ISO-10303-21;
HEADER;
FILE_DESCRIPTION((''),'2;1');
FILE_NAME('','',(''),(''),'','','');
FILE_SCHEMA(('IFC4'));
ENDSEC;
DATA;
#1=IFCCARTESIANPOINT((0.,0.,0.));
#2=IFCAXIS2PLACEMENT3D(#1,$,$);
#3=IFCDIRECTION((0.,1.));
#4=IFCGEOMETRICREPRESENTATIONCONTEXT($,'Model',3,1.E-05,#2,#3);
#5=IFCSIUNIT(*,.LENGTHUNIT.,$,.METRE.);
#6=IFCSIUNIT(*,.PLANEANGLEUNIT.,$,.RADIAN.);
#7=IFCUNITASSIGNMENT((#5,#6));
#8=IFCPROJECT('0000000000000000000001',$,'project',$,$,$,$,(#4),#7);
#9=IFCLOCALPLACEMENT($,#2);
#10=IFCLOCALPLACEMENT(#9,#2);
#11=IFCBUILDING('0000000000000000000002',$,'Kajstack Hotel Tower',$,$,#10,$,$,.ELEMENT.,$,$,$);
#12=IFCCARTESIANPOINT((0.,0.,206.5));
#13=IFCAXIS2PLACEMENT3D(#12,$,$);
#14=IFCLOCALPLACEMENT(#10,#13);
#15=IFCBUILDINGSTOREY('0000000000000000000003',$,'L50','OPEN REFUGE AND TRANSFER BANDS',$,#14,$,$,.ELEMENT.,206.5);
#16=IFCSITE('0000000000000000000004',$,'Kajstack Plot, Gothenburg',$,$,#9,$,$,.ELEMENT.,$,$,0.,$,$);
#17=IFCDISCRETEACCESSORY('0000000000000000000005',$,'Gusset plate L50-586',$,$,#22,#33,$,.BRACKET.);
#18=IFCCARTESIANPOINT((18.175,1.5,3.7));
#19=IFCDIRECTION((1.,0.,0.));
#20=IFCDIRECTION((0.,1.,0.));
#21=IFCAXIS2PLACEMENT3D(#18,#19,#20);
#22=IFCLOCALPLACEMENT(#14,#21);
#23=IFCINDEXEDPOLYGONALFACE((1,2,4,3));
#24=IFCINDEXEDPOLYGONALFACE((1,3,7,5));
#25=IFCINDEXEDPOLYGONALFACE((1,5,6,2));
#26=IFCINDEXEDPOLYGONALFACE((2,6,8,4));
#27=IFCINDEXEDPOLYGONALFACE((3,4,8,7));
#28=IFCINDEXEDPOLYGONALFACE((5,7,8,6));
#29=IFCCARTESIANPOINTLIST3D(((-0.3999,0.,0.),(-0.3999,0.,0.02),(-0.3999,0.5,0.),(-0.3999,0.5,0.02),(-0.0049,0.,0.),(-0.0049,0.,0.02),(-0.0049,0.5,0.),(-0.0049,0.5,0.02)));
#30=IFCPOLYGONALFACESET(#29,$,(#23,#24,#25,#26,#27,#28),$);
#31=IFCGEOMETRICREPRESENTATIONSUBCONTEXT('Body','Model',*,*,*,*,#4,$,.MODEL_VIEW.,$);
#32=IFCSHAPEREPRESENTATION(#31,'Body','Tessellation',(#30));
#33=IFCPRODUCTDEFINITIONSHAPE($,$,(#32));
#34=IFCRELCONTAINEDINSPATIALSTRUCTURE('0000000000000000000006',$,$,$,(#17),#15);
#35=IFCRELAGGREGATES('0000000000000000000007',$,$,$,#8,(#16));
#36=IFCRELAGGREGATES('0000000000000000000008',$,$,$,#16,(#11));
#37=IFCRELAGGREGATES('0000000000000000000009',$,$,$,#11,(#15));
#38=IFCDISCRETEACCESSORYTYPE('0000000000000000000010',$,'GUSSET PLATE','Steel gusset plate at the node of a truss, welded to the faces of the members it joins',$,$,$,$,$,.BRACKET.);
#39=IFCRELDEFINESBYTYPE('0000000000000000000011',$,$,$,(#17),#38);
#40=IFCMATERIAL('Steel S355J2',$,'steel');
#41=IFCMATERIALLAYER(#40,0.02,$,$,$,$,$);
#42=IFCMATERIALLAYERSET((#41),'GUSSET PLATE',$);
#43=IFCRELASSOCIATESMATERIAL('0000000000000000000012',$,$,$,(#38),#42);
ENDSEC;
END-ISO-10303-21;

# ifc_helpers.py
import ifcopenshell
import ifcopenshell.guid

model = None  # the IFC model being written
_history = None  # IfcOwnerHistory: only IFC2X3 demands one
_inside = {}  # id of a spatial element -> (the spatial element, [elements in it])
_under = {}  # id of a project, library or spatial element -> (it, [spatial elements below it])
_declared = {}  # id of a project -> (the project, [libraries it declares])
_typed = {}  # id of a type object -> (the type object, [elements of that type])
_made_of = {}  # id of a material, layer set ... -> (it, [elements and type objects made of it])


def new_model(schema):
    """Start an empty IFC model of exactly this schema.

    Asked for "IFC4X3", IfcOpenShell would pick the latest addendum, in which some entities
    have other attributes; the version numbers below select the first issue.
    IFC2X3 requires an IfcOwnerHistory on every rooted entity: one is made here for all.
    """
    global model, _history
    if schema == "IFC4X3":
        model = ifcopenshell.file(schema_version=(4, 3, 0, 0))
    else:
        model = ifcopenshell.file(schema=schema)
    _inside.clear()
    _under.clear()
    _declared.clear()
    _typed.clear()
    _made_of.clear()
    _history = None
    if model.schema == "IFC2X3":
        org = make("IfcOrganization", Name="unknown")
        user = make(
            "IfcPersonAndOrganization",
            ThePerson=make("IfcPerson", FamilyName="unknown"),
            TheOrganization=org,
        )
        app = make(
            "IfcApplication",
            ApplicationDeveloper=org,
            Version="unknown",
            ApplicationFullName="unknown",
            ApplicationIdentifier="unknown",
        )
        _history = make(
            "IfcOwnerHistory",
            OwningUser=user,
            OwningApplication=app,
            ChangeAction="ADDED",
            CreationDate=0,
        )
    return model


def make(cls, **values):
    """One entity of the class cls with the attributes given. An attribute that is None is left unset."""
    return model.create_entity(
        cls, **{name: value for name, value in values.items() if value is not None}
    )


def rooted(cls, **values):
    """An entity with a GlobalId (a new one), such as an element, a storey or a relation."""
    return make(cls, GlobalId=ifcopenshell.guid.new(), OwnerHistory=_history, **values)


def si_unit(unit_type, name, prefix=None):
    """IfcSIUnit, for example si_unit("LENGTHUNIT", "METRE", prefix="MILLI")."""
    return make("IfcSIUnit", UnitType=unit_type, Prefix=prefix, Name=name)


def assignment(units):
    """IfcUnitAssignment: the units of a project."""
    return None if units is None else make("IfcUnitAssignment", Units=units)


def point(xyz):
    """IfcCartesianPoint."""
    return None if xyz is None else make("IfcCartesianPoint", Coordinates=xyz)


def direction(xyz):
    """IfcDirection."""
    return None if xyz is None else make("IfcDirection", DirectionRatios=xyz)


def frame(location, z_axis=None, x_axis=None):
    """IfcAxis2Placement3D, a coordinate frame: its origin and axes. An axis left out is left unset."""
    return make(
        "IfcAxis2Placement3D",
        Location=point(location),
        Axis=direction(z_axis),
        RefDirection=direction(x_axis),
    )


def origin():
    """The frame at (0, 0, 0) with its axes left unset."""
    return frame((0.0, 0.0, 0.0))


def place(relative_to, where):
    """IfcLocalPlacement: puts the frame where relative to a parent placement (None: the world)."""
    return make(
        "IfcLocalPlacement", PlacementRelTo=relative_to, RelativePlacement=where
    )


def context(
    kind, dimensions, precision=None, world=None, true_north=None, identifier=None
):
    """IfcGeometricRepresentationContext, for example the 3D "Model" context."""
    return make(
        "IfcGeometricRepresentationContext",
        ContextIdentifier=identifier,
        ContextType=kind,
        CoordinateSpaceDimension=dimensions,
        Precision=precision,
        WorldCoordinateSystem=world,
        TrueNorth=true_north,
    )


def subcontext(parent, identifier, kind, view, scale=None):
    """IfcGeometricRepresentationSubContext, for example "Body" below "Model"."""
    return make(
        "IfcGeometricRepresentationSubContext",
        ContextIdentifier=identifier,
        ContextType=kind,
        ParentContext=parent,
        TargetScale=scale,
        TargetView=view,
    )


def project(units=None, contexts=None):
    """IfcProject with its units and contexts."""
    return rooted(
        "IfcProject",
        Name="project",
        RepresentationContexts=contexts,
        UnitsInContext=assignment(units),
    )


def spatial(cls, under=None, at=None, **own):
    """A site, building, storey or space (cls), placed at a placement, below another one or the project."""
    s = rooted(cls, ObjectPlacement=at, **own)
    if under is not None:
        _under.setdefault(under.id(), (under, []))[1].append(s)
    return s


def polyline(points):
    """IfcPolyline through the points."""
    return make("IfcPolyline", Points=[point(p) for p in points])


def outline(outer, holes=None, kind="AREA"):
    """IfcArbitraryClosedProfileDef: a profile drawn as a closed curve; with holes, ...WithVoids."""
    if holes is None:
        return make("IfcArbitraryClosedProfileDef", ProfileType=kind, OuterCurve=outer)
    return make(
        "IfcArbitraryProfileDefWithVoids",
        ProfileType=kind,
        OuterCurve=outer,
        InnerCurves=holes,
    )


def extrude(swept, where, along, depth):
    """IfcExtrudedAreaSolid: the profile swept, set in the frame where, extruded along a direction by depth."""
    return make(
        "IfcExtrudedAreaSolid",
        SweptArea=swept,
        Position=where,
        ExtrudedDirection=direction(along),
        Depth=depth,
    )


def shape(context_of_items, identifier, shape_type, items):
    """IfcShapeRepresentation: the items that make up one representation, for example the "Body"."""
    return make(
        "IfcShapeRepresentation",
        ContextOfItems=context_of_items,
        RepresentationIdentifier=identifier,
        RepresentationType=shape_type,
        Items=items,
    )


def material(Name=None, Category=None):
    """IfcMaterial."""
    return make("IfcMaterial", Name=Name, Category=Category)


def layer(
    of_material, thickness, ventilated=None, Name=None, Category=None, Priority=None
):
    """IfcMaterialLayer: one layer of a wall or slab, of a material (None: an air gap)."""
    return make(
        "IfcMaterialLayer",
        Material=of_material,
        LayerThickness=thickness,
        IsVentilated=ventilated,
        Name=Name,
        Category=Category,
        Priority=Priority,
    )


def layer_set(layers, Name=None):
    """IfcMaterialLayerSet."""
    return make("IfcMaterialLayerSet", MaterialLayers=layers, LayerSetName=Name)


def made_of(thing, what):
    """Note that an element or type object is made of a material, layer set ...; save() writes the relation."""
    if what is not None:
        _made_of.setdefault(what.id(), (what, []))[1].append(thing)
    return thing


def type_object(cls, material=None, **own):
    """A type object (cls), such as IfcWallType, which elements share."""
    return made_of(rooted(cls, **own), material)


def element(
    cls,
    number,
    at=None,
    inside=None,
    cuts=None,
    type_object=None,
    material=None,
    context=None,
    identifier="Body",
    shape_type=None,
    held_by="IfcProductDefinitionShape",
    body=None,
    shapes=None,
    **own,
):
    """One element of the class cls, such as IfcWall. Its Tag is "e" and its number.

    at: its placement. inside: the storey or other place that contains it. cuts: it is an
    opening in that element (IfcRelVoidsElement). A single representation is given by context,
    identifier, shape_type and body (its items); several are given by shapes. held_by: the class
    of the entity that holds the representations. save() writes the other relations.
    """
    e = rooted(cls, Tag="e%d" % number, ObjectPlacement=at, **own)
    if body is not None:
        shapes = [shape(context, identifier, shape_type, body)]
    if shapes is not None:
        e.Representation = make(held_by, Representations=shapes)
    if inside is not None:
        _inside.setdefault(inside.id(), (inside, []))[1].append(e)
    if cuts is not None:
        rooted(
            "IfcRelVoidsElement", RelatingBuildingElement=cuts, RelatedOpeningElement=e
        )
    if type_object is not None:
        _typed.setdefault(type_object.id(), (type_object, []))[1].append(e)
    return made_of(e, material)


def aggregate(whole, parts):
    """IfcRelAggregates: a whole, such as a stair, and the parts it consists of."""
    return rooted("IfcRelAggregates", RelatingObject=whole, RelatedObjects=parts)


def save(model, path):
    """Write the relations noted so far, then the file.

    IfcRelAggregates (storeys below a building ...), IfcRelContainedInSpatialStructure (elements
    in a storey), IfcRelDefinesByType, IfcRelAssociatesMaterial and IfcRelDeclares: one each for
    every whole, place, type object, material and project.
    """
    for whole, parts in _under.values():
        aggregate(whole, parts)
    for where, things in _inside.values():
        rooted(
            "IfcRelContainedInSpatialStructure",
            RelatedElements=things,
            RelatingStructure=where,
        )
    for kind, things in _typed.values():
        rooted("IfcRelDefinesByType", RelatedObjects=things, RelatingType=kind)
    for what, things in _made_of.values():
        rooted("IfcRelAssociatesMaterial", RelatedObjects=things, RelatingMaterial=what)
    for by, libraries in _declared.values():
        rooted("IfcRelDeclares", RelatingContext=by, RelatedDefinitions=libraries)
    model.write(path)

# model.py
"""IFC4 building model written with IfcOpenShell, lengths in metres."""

from ifc_helpers import new_model, si_unit, direction, frame, origin, place, context, subcontext, project, spatial, polyline, outline, extrude, material, layer, layer_set, type_object, element, save


model = new_model("IFC4")

# Units and contexts
model_context = context("Model", 3, precision=1e-05, world=origin(), true_north=direction((0.0, 1.0)))
body_context = subcontext(model_context, "Body", "Model", "MODEL_VIEW")
ifc_project = project(units=[si_unit("LENGTHUNIT", "METRE"), si_unit("PLANEANGLEUNIT", "RADIAN")], contexts=[model_context])

# Site, building, storey
site_placement = place(None, origin())
site = spatial("IfcSite", under=ifc_project, at=site_placement, Name="Kajstack Plot, Gothenburg", CompositionType="ELEMENT", RefElevation=0.0)
building_placement = place(site_placement, origin())
building = spatial("IfcBuilding", under=site, at=building_placement, Name="Kajstack Hotel Tower", CompositionType="ELEMENT")
storey_placement = place(building_placement, frame((0.0, 0.0, 206.5)))
storey = spatial("IfcBuildingStorey", under=building, at=storey_placement, Name="L50", Description="OPEN REFUGE AND TRANSFER BANDS", CompositionType="ELEMENT", Elevation=206.5)

# Shared definitions
ifc_material = material(Name="Steel S355J2", Category="steel")

# Discrete accessory
ifc_layer_1 = layer(ifc_material, 0.02)
ifc_layer_set_1 = layer_set([ifc_layer_1], Name="GUSSET PLATE")
discrete_accessory_type_1 = type_object("IfcDiscreteAccessoryType", Name="GUSSET PLATE", Description="Steel gusset plate at the node of a truss, welded to the faces of the members it joins", PredefinedType="BRACKET", material=ifc_layer_set_1)
discrete_accessory_placement = place(storey_placement, frame((18.175, 1.5, 3.7), z_axis=(1.0, 0.0, 0.0), x_axis=(0.0, 1.0, 0.0)))
element("IfcDiscreteAccessory", 1, at=discrete_accessory_placement, inside=storey, type_object=discrete_accessory_type_1, Name="Gusset plate L50-586", PredefinedType="BRACKET", context=body_context, shape_type="SweptSolid", body=[
    extrude(outline(polyline([(-0.3999, 0.0), (-0.0049, 0.0), (-0.0049, 0.5), (-0.3999, 0.5), (-0.3999, 0.0)])), origin(), (0.0, 0.0, 1.0), 0.02),
])

save(model, "model.ifc")
